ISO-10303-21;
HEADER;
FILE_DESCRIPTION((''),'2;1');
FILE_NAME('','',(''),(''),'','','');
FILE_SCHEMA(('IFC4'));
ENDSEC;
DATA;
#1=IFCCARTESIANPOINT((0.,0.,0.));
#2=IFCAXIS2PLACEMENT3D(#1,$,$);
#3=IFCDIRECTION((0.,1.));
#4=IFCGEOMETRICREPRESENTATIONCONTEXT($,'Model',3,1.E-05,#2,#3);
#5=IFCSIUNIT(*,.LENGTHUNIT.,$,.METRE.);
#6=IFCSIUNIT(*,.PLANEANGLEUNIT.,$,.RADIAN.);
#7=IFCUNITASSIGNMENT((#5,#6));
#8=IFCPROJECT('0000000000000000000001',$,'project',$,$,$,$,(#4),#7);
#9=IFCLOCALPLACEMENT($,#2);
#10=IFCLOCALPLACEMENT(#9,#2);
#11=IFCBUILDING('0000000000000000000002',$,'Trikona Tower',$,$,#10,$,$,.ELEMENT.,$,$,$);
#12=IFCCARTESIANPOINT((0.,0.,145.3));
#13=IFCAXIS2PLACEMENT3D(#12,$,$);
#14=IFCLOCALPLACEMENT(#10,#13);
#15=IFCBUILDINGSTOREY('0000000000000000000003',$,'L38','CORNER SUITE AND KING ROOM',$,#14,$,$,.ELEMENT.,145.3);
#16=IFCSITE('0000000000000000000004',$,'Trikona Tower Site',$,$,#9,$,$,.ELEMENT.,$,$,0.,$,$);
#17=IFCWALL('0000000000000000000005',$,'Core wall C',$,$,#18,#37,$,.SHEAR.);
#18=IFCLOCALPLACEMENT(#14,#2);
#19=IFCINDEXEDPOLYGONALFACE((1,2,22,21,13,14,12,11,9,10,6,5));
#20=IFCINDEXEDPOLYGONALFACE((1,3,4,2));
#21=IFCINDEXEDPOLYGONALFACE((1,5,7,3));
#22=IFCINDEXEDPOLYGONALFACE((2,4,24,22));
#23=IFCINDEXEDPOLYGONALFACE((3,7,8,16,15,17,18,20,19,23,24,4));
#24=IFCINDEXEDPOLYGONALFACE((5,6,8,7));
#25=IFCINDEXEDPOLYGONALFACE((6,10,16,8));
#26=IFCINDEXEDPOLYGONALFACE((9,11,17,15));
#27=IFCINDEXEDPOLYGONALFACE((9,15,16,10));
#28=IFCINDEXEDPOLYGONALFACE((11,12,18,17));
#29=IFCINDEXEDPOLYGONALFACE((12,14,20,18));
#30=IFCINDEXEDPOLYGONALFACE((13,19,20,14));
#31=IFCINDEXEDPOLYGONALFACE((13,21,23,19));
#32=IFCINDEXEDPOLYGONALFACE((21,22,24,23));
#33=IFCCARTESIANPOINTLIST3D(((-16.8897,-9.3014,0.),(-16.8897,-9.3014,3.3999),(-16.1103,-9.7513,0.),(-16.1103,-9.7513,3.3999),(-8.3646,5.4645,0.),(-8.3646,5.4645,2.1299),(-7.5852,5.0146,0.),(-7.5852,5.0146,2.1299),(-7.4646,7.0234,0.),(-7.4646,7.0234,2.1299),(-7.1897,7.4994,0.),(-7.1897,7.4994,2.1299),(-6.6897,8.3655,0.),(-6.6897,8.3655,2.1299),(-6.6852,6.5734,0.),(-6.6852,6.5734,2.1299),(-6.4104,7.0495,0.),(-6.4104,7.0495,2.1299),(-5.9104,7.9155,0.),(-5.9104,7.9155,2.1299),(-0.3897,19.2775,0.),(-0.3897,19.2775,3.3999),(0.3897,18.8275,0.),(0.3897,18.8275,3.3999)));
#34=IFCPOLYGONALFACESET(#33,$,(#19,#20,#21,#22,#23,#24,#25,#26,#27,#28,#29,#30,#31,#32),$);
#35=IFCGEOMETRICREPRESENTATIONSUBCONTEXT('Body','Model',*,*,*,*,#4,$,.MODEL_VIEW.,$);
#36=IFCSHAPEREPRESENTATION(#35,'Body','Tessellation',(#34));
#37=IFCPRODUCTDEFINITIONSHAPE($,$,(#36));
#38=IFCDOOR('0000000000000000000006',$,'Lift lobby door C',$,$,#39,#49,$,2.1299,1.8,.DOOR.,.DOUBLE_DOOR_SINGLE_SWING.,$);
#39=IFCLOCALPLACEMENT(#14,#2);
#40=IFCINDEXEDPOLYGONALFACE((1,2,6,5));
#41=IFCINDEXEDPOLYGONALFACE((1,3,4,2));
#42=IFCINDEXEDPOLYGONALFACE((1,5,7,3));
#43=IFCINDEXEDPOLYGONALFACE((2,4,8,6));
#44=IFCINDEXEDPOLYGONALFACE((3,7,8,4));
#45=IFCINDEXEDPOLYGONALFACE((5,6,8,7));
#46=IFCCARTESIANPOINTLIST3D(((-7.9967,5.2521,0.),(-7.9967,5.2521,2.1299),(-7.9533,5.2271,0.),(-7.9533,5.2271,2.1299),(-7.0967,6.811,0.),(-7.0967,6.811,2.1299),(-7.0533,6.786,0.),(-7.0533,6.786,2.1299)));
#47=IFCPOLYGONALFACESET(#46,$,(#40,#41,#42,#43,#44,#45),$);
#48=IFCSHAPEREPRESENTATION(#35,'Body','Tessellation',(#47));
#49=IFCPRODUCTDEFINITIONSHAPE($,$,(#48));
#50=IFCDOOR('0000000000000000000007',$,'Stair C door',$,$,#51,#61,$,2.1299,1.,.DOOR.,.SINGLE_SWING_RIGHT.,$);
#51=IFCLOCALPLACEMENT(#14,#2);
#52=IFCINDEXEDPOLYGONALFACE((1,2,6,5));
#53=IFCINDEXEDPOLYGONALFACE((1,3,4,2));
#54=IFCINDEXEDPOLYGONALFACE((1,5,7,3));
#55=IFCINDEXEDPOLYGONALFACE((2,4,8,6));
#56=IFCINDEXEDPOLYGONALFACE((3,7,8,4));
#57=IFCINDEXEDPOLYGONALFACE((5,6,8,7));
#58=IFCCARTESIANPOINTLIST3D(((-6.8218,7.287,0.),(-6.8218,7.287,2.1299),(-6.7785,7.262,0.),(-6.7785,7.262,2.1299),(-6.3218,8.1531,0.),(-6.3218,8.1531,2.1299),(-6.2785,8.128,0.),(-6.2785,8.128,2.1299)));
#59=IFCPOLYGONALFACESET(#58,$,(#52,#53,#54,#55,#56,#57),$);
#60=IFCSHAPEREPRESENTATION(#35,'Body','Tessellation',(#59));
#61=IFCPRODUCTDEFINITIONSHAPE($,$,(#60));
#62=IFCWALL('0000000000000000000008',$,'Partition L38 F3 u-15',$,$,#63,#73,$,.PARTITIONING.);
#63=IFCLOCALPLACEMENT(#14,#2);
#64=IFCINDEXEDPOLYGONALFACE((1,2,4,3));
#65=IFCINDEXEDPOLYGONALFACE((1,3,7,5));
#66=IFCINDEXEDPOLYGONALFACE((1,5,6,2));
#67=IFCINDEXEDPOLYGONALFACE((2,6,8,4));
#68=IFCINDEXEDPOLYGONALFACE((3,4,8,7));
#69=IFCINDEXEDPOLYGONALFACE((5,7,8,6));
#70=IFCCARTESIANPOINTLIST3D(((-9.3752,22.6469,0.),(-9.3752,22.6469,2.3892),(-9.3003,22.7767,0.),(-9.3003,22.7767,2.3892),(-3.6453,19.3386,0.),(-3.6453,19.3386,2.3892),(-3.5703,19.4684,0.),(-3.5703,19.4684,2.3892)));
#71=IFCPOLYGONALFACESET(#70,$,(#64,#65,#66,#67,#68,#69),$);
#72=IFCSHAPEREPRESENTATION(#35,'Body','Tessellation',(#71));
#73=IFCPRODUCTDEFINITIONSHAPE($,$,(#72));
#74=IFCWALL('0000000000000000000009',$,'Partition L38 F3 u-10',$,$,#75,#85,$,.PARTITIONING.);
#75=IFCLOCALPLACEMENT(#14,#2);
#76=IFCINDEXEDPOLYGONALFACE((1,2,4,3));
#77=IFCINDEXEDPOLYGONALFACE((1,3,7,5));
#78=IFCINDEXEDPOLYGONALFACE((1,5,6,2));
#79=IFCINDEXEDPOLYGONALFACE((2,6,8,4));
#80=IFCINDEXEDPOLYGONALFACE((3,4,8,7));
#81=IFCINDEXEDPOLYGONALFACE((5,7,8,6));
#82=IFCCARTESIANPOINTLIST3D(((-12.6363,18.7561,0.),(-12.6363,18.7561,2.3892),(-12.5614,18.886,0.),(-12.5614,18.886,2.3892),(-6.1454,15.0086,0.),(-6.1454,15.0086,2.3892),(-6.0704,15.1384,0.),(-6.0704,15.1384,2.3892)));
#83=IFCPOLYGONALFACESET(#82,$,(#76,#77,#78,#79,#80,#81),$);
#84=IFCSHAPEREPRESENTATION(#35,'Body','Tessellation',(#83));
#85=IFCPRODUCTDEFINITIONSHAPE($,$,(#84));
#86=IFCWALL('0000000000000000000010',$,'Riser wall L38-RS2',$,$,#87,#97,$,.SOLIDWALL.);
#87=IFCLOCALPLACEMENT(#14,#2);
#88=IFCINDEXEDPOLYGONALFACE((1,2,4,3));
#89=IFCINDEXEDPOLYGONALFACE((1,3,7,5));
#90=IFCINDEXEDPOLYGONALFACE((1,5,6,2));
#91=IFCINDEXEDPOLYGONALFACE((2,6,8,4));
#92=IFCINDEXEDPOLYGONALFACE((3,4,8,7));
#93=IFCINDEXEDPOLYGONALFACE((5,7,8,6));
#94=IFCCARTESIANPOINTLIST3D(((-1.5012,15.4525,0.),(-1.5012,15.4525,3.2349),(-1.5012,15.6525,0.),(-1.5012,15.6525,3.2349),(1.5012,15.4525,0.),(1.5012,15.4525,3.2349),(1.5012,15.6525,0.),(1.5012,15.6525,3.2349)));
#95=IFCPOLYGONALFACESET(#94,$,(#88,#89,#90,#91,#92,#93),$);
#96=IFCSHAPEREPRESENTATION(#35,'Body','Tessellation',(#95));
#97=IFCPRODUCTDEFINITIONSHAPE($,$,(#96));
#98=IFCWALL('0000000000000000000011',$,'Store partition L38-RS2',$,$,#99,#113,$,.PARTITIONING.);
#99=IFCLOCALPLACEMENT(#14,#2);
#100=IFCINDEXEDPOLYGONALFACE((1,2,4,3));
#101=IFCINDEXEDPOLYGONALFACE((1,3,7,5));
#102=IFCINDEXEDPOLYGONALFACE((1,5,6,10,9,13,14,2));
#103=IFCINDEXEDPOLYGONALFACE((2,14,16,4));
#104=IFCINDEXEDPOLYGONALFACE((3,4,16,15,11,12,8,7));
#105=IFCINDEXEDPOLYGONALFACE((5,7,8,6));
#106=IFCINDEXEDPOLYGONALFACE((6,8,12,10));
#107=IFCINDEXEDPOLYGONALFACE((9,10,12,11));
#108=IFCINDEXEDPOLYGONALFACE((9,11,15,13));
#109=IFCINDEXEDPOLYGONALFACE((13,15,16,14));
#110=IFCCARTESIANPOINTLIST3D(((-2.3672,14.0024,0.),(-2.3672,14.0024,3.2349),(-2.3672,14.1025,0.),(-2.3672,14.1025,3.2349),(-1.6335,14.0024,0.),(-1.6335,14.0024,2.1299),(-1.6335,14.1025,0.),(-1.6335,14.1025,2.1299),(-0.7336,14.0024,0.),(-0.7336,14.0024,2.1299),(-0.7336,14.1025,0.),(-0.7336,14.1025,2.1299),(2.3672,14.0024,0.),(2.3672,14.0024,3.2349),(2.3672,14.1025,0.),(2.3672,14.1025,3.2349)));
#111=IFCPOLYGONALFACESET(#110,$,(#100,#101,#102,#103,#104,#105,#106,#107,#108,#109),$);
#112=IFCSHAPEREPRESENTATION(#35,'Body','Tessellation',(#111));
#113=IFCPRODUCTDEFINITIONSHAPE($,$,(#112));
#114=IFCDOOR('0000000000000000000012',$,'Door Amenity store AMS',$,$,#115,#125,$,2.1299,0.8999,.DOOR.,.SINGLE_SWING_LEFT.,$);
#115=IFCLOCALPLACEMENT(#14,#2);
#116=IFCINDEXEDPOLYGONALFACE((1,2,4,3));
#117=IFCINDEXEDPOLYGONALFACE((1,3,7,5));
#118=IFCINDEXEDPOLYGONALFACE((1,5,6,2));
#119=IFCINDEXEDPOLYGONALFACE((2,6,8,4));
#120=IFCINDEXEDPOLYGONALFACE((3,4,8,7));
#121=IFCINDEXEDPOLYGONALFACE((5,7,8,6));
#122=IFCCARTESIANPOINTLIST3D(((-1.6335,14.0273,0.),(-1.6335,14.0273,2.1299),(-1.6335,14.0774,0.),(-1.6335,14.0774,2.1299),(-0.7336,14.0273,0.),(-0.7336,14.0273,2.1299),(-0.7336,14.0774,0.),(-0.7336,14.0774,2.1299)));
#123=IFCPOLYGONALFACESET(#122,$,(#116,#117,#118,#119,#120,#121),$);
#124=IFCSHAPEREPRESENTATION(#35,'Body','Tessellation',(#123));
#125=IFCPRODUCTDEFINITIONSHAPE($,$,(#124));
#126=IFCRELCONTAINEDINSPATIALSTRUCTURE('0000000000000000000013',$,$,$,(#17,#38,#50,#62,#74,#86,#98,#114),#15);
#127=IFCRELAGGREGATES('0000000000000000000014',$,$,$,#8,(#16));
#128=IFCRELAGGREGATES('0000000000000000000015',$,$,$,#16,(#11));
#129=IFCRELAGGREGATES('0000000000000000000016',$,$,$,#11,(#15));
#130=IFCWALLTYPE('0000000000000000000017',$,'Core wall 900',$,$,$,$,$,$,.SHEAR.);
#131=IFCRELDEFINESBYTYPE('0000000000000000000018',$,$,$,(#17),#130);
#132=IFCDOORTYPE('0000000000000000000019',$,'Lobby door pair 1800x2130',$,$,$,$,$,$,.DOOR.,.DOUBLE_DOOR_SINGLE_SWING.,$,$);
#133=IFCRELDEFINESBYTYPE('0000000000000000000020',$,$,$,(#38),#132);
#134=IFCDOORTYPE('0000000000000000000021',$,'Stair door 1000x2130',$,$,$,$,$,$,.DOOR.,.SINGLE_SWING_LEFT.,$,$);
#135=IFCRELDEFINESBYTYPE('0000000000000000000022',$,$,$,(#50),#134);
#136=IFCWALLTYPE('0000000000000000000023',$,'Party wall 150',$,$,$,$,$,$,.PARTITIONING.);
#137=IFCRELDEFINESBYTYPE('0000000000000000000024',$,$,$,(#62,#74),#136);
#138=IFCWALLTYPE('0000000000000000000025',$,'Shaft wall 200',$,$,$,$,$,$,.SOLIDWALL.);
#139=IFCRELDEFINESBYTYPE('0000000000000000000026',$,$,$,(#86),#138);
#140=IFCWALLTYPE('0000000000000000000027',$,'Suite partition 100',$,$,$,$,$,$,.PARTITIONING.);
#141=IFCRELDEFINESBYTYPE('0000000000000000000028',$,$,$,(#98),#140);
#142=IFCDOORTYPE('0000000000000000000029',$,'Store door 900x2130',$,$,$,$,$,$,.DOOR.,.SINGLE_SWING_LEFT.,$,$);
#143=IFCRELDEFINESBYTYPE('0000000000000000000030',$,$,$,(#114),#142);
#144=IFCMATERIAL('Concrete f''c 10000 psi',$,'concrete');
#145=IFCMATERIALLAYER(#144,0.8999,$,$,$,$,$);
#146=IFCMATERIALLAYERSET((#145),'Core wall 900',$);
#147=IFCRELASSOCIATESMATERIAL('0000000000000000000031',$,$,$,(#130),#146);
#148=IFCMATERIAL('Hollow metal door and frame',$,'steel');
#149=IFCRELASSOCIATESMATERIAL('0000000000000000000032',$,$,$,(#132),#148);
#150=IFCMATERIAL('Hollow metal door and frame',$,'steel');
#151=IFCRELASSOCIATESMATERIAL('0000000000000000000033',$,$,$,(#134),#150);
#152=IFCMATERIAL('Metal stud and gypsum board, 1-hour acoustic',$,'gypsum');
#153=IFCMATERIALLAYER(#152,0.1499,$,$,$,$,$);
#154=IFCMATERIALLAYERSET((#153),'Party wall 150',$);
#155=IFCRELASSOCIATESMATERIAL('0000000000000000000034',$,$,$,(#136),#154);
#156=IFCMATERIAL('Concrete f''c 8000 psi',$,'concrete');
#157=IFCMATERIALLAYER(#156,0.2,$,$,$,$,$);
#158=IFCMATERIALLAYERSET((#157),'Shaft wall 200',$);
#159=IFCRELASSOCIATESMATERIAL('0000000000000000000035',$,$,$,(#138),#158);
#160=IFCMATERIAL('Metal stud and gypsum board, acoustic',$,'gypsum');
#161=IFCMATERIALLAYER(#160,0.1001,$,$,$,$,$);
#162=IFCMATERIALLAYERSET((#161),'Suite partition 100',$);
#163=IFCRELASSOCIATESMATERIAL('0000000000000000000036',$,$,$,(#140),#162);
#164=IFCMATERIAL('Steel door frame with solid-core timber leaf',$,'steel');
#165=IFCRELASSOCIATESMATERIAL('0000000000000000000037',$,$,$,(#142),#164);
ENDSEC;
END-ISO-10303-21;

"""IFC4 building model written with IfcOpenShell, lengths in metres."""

from ifc_helpers import new_model, si_unit, direction, frame, frame_2d, origin, place, context, subcontext, project, spatial, rectangle, extrude, material, layer, layer_set, type_object, element, fill, save


model = new_model("IFC4")

# Units and contexts
model_context = context("Model", 3, precision=1e-05, world=origin(), true_north=direction((0.0, 1.0)))
body_context = subcontext(model_context, "Body", "Model", "MODEL_VIEW")
ifc_project = project(units=[si_unit("LENGTHUNIT", "METRE"), si_unit("PLANEANGLEUNIT", "RADIAN")], contexts=[model_context])

# Site, building, storey
site_placement = place(None, origin())
site = spatial("IfcSite", under=ifc_project, at=site_placement, Name="Trikona Tower Site", CompositionType="ELEMENT", RefElevation=0.0)
building_placement = place(site_placement, origin())
building = spatial("IfcBuilding", under=site, at=building_placement, Name="Trikona Tower", CompositionType="ELEMENT")
storey_placement = place(building_placement, frame((0.0, 0.0, 145.3)))
storey = spatial("IfcBuildingStorey", under=building, at=storey_placement, Name="L38", Description="CORNER SUITE AND KING ROOM", CompositionType="ELEMENT", Elevation=145.3)

# Wall, openings, doors
ifc_material_1 = material(Name="Concrete f'c 10000 psi", Category="concrete")
ifc_layer_1 = layer(ifc_material_1, 0.8999)
ifc_layer_set_1 = layer_set([ifc_layer_1], Name="Core wall 900")
wall_type_1 = type_object("IfcWallType", Name="Core wall 900", PredefinedType="SHEAR", material=ifc_layer_set_1)
wall_1_placement = place(storey_placement, frame((0.0, 19.0525, 0.0), z_axis=(0.0, 0.0, 1.0), x_axis=(-0.5, -0.866026, 0.0)))
wall_1 = element("IfcWall", 1, at=wall_1_placement, inside=storey, type_object=wall_type_1, Name="Core wall C", PredefinedType="SHEAR", context=body_context, shape_type="SweptSolid", body=[
    extrude(rectangle(XDim=33.0, YDim=0.8999, at=frame_2d((16.5, 0.0))), origin(), (0.0, 0.0, 1.0), 3.3999),
])
opening_1_placement = place(wall_1_placement, frame((14.1499, 0.0, 0.0)))
opening_1 = element("IfcOpeningElement", 2, at=opening_1_placement, cuts=wall_1, PredefinedType="OPENING", context=body_context, shape_type="SweptSolid", body=[
    extrude(rectangle(XDim=1.8, YDim=2.1299, at=frame_2d((0.8999, 1.0649))), frame((0.0, 0.46, 0.0), z_axis=(0.0, -1.0, 0.0), x_axis=(1.0, 0.0, 0.0)), (0.0, 0.0, 1.0), 0.9199),
])
opening_2_placement = place(wall_1_placement, frame((12.6001, 0.0, 0.0)))
opening_2 = element("IfcOpeningElement", 3, at=opening_2_placement, cuts=wall_1, PredefinedType="OPENING", context=body_context, shape_type="SweptSolid", body=[
    extrude(rectangle(XDim=1.0, YDim=2.1299, at=frame_2d((0.5, 1.0649))), frame((0.0, 0.46, 0.0), z_axis=(0.0, -1.0, 0.0), x_axis=(1.0, 0.0, 0.0)), (0.0, 0.0, 1.0), 0.9199),
])
ifc_material_2 = material(Name="Hollow metal door and frame", Category="steel")
door_type_1 = type_object("IfcDoorType", Name="Lobby door pair 1800x2130", OperationType="DOUBLE_DOOR_SINGLE_SWING", PredefinedType="DOOR", material=ifc_material_2)
door_1_placement = place(opening_1_placement, origin())
door_1 = element("IfcDoor", 4, at=door_1_placement, inside=storey, type_object=door_type_1, Name="Lift lobby door C", OperationType="DOUBLE_DOOR_SINGLE_SWING", OverallHeight=2.1299, OverallWidth=1.8, PredefinedType="DOOR", context=body_context, shape_type="SweptSolid", body=[
    extrude(rectangle(XDim=1.8, YDim=2.1299, at=frame_2d((0.8999, 1.0649))), frame((0.0, 0.0249, 0.0), z_axis=(0.0, -1.0, 0.0), x_axis=(1.0, 0.0, 0.0)), (0.0, 0.0, 1.0), 0.05),
])
fill(opening_1, door_1)
ifc_material_3 = material(Name="Hollow metal door and frame", Category="steel")
door_type_2 = type_object("IfcDoorType", Name="Stair door 1000x2130", OperationType="SINGLE_SWING_LEFT", PredefinedType="DOOR", material=ifc_material_3)
door_2_placement = place(opening_2_placement, origin())
door_2 = element("IfcDoor", 5, at=door_2_placement, inside=storey, type_object=door_type_2, Name="Stair C door", OperationType="SINGLE_SWING_RIGHT", OverallHeight=2.1299, OverallWidth=1.0, PredefinedType="DOOR", context=body_context, shape_type="SweptSolid", body=[
    extrude(rectangle(XDim=1.0, YDim=2.1299, at=frame_2d((0.5, 1.0649))), frame((0.0, 0.0249, 0.0), z_axis=(0.0, -1.0, 0.0), x_axis=(1.0, 0.0, 0.0)), (0.0, 0.0, 1.0), 0.05),
])
fill(opening_2, door_2)

# Walls
ifc_material_4 = material(Name="Metal stud and gypsum board, 1-hour acoustic", Category="gypsum")
ifc_layer_2 = layer(ifc_material_4, 0.1499)
ifc_layer_set_2 = layer_set([ifc_layer_2], Name="Party wall 150")
wall_type_2 = type_object("IfcWallType", Name="Party wall 150", PredefinedType="PARTITIONING", material=ifc_layer_set_2)
wall_2_placement = place(storey_placement, frame((-3.6079, 19.4036, 0.0), z_axis=(0.0, 0.0, 1.0), x_axis=(-0.866016, 0.500016, 0.0)))
element("IfcWall", 6, at=wall_2_placement, inside=storey, type_object=wall_type_2, Name="Partition L38 F3 u-15", PredefinedType="PARTITIONING", context=body_context, shape_type="SweptSolid", body=[
    extrude(rectangle(XDim=6.6165, YDim=0.1499, at=frame_2d((3.3081, 0.0))), origin(), (0.0, 0.0, 1.0), 2.3892),
])
wall_3_placement = place(storey_placement, frame((-6.1079, 15.0735, 0.0), z_axis=(0.0, 0.0, 1.0), x_axis=(-0.866026, 0.5, 0.0)))
element("IfcWall", 7, at=wall_3_placement, inside=storey, type_object=wall_type_2, Name="Partition L38 F3 u-10", PredefinedType="PARTITIONING", context=body_context, shape_type="SweptSolid", body=[
    extrude(rectangle(XDim=7.4951, YDim=0.1499, at=frame_2d((3.7476, 0.0))), origin(), (0.0, 0.0, 1.0), 2.3892),
])
ifc_material_5 = material(Name="Concrete f'c 8000 psi", Category="concrete")
ifc_layer_3 = layer(ifc_material_5, 0.2)
ifc_layer_set_3 = layer_set([ifc_layer_3], Name="Shaft wall 200")
wall_type_3 = type_object("IfcWallType", Name="Shaft wall 200", PredefinedType="SOLIDWALL", material=ifc_layer_set_3)
wall_4_placement = place(storey_placement, frame((-1.5012, 15.5525, 0.0), z_axis=(0.0, 0.0, 1.0), x_axis=(1.0, 0.0, 0.0)))
element("IfcWall", 8, at=wall_4_placement, inside=storey, type_object=wall_type_3, Name="Riser wall L38-RS2", PredefinedType="SOLIDWALL", context=body_context, shape_type="SweptSolid", body=[
    extrude(rectangle(XDim=3.0024, YDim=0.2, at=frame_2d((1.5012, 0.0))), origin(), (0.0, 0.0, 1.0), 3.2349),
])

# Wall, opening, door
ifc_material_6 = material(Name="Metal stud and gypsum board, acoustic", Category="gypsum")
ifc_layer_4 = layer(ifc_material_6, 0.1001)
ifc_layer_set_4 = layer_set([ifc_layer_4], Name="Suite partition 100")
wall_type_4 = type_object("IfcWallType", Name="Suite partition 100", PredefinedType="PARTITIONING", material=ifc_layer_set_4)
wall_5_placement = place(storey_placement, frame((-2.3672, 14.0525, 0.0), z_axis=(0.0, 0.0, 1.0), x_axis=(1.0, 0.0, 0.0)))
wall_5 = element("IfcWall", 9, at=wall_5_placement, inside=storey, type_object=wall_type_4, Name="Store partition L38-RS2", PredefinedType="PARTITIONING", context=body_context, shape_type="SweptSolid", body=[
    extrude(rectangle(XDim=4.7344, YDim=0.1001, at=frame_2d((2.3672, 0.0))), origin(), (0.0, 0.0, 1.0), 3.2349),
])
opening_3_placement = place(wall_5_placement, frame((0.7336, 0.0, 0.0)))
opening_3 = element("IfcOpeningElement", 10, at=opening_3_placement, cuts=wall_5, PredefinedType="OPENING", context=body_context, shape_type="SweptSolid", body=[
    extrude(rectangle(XDim=0.8999, YDim=2.1299, at=frame_2d((0.45, 1.0649))), frame((0.0, 0.0601, 0.0), z_axis=(0.0, -1.0, 0.0), x_axis=(1.0, 0.0, 0.0)), (0.0, 0.0, 1.0), 0.1201),
])
ifc_material_7 = material(Name="Steel door frame with solid-core timber leaf", Category="steel")
door_type_3 = type_object("IfcDoorType", Name="Store door 900x2130", OperationType="SINGLE_SWING_LEFT", PredefinedType="DOOR", material=ifc_material_7)
door_3_placement = place(opening_3_placement, origin())
door_3 = element("IfcDoor", 11, at=door_3_placement, inside=storey, type_object=door_type_3, Name="Door Amenity store AMS", OperationType="SINGLE_SWING_LEFT", OverallHeight=2.1299, OverallWidth=0.8999, PredefinedType="DOOR", context=body_context, shape_type="SweptSolid", body=[
    extrude(rectangle(XDim=0.8999, YDim=2.1299, at=frame_2d((0.45, 1.0649))), frame((0.0, 0.0249, 0.0), z_axis=(0.0, -1.0, 0.0), x_axis=(1.0, 0.0, 0.0)), (0.0, 0.0, 1.0), 0.05),
])
fill(opening_3, door_3)

save(model, "model.ifc")
